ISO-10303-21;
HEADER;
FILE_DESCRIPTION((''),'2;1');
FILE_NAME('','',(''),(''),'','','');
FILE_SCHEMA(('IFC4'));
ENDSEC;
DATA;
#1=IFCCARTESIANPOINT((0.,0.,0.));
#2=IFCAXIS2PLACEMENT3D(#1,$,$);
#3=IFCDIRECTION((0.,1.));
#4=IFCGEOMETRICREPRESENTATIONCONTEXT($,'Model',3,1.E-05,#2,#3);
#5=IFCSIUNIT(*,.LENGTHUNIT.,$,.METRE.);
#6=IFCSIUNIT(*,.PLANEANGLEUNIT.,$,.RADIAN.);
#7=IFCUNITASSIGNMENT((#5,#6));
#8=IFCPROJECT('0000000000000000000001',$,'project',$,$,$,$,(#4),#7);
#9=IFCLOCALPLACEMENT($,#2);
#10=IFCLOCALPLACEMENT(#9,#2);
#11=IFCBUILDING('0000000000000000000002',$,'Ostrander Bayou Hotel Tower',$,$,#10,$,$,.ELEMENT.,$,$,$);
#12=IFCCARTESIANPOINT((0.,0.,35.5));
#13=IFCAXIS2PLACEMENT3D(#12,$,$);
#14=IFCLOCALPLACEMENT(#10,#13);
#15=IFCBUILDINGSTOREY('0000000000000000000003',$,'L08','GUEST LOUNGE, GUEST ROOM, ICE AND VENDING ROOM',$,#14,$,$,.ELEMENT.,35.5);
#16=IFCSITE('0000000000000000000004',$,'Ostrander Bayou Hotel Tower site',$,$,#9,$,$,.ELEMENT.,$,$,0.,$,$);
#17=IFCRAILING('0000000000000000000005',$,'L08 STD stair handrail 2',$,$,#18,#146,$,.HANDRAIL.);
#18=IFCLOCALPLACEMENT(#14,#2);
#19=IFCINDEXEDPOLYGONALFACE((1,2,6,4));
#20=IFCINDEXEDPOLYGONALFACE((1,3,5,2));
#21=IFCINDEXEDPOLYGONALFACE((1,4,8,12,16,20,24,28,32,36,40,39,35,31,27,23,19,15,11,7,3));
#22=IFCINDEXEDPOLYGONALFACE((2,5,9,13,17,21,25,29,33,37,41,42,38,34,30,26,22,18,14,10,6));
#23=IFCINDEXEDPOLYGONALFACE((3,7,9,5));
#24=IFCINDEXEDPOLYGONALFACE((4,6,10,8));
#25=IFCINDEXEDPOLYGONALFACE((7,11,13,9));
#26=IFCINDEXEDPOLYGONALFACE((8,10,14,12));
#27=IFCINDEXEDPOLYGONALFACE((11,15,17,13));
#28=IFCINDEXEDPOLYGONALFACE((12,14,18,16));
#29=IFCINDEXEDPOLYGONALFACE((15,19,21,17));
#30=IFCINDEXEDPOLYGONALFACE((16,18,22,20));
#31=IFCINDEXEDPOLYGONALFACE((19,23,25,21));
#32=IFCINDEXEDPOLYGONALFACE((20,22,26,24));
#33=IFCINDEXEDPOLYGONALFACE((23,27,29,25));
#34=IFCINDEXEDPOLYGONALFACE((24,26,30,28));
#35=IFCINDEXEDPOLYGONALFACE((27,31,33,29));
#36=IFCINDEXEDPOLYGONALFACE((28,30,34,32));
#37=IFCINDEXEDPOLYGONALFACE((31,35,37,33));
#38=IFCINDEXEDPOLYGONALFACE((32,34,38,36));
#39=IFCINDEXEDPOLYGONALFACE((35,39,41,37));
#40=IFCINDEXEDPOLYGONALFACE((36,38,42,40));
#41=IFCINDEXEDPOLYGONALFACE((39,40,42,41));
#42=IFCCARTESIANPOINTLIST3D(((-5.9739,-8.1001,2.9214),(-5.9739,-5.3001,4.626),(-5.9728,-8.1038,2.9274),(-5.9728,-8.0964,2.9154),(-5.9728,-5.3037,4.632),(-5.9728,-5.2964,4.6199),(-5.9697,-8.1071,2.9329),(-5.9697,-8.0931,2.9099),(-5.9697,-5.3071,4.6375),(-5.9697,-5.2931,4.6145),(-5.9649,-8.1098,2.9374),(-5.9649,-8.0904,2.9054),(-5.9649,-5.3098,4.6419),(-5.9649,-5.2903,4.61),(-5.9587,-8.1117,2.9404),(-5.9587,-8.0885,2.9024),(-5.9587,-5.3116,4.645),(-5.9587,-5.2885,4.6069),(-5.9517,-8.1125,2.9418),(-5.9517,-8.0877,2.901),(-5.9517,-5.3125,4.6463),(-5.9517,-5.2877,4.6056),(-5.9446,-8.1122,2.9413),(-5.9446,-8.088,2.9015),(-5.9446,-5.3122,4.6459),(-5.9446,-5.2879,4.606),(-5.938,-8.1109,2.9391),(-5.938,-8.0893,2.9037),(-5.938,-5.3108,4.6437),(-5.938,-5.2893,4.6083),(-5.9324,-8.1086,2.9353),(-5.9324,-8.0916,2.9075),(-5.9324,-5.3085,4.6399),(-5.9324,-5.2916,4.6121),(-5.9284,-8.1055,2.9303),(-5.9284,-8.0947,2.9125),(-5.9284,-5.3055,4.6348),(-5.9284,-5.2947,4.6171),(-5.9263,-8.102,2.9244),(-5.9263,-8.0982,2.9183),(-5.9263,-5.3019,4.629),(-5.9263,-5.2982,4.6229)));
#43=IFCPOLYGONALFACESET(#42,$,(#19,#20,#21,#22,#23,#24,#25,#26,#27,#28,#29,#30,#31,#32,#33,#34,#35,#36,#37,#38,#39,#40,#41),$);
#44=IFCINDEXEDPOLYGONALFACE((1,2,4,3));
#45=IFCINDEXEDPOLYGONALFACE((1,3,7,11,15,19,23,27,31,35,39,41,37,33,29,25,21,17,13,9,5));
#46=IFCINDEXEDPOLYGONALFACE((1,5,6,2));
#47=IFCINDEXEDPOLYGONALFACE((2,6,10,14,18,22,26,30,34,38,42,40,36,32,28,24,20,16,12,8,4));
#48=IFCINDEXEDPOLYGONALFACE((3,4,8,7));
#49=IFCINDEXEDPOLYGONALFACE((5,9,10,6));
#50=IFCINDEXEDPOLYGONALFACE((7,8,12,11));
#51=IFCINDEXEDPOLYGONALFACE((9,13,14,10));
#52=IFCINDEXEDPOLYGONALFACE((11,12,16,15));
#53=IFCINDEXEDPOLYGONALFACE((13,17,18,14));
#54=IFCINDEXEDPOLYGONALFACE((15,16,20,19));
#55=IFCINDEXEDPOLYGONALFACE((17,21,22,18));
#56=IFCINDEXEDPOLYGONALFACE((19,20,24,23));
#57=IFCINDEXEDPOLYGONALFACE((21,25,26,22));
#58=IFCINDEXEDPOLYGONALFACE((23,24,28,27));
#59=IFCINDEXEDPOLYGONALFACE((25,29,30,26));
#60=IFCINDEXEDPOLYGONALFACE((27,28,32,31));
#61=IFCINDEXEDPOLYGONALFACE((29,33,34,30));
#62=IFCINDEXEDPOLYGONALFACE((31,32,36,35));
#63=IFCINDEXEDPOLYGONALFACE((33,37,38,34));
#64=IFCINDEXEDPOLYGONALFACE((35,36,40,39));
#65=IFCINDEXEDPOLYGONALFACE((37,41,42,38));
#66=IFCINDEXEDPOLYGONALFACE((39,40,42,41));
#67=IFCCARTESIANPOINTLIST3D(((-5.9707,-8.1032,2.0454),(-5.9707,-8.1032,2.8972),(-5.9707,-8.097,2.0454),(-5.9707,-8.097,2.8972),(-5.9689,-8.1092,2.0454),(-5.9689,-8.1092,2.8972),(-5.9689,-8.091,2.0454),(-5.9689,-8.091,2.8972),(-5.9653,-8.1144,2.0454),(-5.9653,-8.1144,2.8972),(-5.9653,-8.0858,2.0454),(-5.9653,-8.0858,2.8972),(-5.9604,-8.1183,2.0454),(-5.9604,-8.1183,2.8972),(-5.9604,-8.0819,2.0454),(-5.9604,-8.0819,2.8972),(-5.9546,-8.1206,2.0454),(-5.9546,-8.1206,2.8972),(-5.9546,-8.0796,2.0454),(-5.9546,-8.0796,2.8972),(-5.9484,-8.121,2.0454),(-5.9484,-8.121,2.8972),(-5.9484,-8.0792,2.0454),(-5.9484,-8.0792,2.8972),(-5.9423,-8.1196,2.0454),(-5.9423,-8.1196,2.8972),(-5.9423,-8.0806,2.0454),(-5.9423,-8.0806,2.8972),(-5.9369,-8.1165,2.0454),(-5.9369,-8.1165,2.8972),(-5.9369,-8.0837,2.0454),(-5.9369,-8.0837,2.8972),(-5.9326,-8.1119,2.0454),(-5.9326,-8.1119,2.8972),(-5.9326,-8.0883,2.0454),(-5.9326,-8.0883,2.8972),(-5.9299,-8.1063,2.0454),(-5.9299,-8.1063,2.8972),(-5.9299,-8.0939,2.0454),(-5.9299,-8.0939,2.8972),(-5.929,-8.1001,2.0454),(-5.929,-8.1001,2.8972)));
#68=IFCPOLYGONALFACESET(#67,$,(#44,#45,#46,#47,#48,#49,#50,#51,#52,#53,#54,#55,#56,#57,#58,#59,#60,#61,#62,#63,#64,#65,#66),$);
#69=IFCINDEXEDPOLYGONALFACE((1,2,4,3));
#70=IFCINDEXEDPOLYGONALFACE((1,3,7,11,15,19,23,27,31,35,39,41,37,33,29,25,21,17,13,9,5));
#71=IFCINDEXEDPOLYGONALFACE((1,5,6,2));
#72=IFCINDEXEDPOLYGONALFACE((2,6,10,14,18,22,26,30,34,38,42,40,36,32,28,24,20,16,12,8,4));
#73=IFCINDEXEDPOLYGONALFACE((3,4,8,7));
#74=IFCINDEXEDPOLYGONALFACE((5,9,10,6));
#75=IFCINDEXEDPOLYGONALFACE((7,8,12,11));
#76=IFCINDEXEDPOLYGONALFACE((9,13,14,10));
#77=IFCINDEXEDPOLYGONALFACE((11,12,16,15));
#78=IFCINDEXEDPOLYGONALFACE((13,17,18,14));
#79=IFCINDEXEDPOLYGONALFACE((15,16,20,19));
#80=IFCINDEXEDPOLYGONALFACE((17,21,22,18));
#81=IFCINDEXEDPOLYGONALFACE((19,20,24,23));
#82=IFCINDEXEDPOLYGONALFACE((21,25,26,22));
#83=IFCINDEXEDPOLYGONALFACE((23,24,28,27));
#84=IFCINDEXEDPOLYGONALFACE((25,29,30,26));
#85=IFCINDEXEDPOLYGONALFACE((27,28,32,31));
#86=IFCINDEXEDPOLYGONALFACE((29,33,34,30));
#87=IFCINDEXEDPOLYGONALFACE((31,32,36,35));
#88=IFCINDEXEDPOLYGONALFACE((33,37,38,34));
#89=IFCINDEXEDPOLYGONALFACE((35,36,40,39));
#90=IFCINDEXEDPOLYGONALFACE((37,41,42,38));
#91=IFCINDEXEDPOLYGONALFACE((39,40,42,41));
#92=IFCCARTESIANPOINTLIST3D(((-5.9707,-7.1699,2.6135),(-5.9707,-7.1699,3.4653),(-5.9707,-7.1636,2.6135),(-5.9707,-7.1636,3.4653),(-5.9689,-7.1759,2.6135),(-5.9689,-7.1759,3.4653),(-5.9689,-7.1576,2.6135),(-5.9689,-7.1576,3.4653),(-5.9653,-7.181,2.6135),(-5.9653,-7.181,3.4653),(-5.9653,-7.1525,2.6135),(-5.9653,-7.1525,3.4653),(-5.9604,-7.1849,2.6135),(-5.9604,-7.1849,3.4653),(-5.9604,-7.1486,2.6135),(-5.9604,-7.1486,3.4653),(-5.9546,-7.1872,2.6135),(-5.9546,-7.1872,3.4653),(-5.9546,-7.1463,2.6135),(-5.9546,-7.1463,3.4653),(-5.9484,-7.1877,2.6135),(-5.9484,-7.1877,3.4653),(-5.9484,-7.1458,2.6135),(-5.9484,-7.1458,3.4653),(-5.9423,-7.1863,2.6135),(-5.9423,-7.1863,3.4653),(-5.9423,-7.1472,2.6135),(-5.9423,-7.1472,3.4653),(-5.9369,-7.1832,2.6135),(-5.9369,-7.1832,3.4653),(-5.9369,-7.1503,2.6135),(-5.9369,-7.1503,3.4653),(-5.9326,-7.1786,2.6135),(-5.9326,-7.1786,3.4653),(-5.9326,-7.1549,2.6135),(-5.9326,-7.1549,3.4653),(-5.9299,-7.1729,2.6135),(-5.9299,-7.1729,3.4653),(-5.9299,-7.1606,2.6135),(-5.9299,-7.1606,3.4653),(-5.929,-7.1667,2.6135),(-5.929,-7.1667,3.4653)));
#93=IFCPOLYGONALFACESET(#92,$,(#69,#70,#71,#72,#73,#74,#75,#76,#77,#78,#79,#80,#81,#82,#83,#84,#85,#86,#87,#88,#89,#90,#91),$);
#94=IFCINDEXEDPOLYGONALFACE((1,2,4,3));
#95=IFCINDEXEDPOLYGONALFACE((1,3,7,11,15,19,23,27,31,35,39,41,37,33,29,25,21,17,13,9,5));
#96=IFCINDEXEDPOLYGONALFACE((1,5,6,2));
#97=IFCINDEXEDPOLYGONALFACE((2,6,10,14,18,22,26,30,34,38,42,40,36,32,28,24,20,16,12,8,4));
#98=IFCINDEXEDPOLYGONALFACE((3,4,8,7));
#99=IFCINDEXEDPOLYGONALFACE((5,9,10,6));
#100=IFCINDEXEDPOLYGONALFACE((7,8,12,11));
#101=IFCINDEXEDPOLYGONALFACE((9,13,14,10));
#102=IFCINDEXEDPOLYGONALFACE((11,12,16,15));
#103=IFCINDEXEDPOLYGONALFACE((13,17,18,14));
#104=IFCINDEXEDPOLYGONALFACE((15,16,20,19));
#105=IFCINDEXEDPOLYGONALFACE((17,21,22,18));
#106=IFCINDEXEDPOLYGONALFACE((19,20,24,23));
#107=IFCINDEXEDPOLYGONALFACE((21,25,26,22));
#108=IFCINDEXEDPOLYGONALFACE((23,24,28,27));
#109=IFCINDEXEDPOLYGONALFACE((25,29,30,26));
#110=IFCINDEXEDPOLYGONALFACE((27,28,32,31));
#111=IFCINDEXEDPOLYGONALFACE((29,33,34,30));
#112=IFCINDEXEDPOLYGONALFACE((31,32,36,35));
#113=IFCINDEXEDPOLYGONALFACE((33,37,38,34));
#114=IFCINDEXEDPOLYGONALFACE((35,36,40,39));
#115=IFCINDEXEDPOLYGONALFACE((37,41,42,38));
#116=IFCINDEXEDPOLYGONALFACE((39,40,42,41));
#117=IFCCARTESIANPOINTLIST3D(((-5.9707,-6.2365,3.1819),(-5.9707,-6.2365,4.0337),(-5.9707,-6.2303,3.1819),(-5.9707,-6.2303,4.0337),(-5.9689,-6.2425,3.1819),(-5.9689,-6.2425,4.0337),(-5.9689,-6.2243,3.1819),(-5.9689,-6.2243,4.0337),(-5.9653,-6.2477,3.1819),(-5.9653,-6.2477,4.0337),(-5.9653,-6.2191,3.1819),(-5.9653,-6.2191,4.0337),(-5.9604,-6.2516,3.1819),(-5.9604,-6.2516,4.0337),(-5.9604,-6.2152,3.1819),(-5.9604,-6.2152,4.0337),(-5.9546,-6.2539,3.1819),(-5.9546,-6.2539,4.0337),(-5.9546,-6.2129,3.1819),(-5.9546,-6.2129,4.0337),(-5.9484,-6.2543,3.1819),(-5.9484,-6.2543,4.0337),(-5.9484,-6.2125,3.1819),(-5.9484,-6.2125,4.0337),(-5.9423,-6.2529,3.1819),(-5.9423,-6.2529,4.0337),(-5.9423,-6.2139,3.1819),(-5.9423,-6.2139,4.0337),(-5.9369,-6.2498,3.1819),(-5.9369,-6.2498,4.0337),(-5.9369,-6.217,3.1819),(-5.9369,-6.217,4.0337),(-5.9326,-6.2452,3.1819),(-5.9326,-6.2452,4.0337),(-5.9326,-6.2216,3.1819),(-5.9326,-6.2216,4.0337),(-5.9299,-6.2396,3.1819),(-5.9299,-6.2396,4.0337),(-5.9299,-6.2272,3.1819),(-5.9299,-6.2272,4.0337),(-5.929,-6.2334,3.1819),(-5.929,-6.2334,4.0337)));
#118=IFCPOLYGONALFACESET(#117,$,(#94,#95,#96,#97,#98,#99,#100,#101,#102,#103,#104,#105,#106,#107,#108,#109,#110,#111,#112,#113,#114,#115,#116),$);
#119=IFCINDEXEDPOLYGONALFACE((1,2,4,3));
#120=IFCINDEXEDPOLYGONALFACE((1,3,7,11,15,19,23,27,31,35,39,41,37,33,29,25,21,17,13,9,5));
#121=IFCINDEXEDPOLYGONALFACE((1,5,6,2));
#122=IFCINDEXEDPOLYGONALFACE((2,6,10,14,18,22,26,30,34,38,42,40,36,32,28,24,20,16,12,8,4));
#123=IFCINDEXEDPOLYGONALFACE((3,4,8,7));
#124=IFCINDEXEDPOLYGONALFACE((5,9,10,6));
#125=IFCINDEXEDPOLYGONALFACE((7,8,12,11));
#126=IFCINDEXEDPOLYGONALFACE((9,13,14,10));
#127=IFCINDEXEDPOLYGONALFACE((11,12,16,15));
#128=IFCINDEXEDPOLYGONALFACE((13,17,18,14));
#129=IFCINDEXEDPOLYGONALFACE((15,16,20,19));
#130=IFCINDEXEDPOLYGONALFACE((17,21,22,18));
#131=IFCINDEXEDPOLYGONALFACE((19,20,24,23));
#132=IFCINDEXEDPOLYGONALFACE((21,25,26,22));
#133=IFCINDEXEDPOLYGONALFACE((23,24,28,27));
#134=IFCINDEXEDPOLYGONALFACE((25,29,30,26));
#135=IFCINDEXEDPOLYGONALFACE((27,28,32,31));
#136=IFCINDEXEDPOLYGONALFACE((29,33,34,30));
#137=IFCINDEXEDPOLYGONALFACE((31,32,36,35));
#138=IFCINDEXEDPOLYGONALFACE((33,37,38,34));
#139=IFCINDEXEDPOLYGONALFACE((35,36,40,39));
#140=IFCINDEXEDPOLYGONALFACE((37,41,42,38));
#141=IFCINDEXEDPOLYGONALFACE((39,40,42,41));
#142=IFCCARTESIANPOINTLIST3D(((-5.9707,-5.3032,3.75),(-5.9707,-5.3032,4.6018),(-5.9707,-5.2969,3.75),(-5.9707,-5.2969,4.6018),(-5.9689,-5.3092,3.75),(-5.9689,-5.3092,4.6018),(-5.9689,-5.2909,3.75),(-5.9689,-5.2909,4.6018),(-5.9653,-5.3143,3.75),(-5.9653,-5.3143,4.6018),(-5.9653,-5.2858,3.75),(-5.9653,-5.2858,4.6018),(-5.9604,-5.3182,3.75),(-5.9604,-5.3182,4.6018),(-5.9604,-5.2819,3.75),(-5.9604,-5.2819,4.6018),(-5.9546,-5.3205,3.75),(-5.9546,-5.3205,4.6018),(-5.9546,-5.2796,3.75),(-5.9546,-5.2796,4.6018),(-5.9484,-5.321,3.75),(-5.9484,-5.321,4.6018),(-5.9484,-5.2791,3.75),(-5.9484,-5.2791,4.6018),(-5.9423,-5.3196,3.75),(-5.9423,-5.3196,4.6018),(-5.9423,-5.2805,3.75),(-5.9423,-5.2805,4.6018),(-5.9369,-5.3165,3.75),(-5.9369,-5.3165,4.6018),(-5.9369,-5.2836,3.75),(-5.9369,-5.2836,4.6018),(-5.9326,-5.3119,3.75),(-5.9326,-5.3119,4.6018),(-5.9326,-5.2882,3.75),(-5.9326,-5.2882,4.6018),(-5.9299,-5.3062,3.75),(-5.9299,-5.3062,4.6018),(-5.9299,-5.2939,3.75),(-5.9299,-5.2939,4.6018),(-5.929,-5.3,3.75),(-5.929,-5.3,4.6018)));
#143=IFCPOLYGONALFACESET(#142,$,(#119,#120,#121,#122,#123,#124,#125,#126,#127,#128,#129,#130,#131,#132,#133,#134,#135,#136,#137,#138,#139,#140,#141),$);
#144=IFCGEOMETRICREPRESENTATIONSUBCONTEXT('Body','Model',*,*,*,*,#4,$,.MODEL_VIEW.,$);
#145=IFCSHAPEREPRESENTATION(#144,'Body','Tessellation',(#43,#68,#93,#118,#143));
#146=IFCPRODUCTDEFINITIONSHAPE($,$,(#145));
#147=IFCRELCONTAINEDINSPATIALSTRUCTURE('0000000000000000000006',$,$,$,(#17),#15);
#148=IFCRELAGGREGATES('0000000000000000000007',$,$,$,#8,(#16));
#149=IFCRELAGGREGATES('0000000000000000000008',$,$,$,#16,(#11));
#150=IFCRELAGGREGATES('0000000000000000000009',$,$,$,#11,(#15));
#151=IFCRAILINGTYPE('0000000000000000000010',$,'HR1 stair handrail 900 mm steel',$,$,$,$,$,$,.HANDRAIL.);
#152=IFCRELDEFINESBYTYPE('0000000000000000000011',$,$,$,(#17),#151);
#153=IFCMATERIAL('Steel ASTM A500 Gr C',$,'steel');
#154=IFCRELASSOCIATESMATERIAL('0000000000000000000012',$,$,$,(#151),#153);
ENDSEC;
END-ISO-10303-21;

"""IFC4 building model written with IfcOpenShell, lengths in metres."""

from ifc_helpers import new_model, si_unit, direction, frame, origin, origin_2d, place, context, subcontext, project, spatial, circle, extrude, material, type_object, element, save


model = new_model("IFC4")

# Units and contexts
model_context = context("Model", 3, precision=1e-05, world=origin(), true_north=direction((0.0, 1.0)))
body_context = subcontext(model_context, "Body", "Model", "MODEL_VIEW")
ifc_project = project(units=[si_unit("LENGTHUNIT", "METRE"), si_unit("PLANEANGLEUNIT", "RADIAN")], contexts=[model_context])

# Site, building, storey
site_placement = place(None, origin())
site = spatial("IfcSite", under=ifc_project, at=site_placement, Name="Ostrander Bayou Hotel Tower site", CompositionType="ELEMENT", RefElevation=0.0)
building_placement = place(site_placement, origin())
building = spatial("IfcBuilding", under=site, at=building_placement, Name="Ostrander Bayou Hotel Tower", CompositionType="ELEMENT")
storey_placement = place(building_placement, frame((0.0, 0.0, 35.5)))
storey = spatial("IfcBuildingStorey", under=building, at=storey_placement, Name="L08", Description="GUEST LOUNGE, GUEST ROOM, ICE AND VENDING ROOM", CompositionType="ELEMENT", Elevation=35.5)

# Railing
ifc_material_1 = material(Name="Steel ASTM A500 Gr C", Category="steel")
railing_type_1 = type_object("IfcRailingType", Name="HR1 stair handrail 900 mm steel", PredefinedType="HANDRAIL", material=ifc_material_1)
railing_1_placement = place(storey_placement, frame((-5.95, -8.1001, 2.0454)))
element("IfcRailing", 1, at=railing_1_placement, inside=storey, type_object=railing_type_1, Name="L08 STD stair handrail 2", PredefinedType="HANDRAIL", context=body_context, shape_type="SweptSolid", body=[
    extrude(circle(Radius=0.0239, at=origin_2d()), frame((0.0, 0.0, 0.876), z_axis=(0.0, 0.85417, 0.519994), x_axis=(-1.0, 0.0, 0.0)), (0.0, 0.0, 1.0), 3.2781),
    extrude(circle(Radius=0.021, at=origin_2d()), origin(), (0.0, 0.0, 1.0), 0.8518),
    extrude(circle(Radius=0.021, at=origin_2d()), frame((0.0, 0.9333, 0.5681)), (0.0, 0.0, 1.0), 0.8518),
    extrude(circle(Radius=0.021, at=origin_2d()), frame((0.0, 1.8667, 1.1365)), (0.0, 0.0, 1.0), 0.8518),
    extrude(circle(Radius=0.021, at=origin_2d()), frame((0.0, 2.8, 1.7046)), (0.0, 0.0, 1.0), 0.8518),
])

save(model, "model.ifc")
